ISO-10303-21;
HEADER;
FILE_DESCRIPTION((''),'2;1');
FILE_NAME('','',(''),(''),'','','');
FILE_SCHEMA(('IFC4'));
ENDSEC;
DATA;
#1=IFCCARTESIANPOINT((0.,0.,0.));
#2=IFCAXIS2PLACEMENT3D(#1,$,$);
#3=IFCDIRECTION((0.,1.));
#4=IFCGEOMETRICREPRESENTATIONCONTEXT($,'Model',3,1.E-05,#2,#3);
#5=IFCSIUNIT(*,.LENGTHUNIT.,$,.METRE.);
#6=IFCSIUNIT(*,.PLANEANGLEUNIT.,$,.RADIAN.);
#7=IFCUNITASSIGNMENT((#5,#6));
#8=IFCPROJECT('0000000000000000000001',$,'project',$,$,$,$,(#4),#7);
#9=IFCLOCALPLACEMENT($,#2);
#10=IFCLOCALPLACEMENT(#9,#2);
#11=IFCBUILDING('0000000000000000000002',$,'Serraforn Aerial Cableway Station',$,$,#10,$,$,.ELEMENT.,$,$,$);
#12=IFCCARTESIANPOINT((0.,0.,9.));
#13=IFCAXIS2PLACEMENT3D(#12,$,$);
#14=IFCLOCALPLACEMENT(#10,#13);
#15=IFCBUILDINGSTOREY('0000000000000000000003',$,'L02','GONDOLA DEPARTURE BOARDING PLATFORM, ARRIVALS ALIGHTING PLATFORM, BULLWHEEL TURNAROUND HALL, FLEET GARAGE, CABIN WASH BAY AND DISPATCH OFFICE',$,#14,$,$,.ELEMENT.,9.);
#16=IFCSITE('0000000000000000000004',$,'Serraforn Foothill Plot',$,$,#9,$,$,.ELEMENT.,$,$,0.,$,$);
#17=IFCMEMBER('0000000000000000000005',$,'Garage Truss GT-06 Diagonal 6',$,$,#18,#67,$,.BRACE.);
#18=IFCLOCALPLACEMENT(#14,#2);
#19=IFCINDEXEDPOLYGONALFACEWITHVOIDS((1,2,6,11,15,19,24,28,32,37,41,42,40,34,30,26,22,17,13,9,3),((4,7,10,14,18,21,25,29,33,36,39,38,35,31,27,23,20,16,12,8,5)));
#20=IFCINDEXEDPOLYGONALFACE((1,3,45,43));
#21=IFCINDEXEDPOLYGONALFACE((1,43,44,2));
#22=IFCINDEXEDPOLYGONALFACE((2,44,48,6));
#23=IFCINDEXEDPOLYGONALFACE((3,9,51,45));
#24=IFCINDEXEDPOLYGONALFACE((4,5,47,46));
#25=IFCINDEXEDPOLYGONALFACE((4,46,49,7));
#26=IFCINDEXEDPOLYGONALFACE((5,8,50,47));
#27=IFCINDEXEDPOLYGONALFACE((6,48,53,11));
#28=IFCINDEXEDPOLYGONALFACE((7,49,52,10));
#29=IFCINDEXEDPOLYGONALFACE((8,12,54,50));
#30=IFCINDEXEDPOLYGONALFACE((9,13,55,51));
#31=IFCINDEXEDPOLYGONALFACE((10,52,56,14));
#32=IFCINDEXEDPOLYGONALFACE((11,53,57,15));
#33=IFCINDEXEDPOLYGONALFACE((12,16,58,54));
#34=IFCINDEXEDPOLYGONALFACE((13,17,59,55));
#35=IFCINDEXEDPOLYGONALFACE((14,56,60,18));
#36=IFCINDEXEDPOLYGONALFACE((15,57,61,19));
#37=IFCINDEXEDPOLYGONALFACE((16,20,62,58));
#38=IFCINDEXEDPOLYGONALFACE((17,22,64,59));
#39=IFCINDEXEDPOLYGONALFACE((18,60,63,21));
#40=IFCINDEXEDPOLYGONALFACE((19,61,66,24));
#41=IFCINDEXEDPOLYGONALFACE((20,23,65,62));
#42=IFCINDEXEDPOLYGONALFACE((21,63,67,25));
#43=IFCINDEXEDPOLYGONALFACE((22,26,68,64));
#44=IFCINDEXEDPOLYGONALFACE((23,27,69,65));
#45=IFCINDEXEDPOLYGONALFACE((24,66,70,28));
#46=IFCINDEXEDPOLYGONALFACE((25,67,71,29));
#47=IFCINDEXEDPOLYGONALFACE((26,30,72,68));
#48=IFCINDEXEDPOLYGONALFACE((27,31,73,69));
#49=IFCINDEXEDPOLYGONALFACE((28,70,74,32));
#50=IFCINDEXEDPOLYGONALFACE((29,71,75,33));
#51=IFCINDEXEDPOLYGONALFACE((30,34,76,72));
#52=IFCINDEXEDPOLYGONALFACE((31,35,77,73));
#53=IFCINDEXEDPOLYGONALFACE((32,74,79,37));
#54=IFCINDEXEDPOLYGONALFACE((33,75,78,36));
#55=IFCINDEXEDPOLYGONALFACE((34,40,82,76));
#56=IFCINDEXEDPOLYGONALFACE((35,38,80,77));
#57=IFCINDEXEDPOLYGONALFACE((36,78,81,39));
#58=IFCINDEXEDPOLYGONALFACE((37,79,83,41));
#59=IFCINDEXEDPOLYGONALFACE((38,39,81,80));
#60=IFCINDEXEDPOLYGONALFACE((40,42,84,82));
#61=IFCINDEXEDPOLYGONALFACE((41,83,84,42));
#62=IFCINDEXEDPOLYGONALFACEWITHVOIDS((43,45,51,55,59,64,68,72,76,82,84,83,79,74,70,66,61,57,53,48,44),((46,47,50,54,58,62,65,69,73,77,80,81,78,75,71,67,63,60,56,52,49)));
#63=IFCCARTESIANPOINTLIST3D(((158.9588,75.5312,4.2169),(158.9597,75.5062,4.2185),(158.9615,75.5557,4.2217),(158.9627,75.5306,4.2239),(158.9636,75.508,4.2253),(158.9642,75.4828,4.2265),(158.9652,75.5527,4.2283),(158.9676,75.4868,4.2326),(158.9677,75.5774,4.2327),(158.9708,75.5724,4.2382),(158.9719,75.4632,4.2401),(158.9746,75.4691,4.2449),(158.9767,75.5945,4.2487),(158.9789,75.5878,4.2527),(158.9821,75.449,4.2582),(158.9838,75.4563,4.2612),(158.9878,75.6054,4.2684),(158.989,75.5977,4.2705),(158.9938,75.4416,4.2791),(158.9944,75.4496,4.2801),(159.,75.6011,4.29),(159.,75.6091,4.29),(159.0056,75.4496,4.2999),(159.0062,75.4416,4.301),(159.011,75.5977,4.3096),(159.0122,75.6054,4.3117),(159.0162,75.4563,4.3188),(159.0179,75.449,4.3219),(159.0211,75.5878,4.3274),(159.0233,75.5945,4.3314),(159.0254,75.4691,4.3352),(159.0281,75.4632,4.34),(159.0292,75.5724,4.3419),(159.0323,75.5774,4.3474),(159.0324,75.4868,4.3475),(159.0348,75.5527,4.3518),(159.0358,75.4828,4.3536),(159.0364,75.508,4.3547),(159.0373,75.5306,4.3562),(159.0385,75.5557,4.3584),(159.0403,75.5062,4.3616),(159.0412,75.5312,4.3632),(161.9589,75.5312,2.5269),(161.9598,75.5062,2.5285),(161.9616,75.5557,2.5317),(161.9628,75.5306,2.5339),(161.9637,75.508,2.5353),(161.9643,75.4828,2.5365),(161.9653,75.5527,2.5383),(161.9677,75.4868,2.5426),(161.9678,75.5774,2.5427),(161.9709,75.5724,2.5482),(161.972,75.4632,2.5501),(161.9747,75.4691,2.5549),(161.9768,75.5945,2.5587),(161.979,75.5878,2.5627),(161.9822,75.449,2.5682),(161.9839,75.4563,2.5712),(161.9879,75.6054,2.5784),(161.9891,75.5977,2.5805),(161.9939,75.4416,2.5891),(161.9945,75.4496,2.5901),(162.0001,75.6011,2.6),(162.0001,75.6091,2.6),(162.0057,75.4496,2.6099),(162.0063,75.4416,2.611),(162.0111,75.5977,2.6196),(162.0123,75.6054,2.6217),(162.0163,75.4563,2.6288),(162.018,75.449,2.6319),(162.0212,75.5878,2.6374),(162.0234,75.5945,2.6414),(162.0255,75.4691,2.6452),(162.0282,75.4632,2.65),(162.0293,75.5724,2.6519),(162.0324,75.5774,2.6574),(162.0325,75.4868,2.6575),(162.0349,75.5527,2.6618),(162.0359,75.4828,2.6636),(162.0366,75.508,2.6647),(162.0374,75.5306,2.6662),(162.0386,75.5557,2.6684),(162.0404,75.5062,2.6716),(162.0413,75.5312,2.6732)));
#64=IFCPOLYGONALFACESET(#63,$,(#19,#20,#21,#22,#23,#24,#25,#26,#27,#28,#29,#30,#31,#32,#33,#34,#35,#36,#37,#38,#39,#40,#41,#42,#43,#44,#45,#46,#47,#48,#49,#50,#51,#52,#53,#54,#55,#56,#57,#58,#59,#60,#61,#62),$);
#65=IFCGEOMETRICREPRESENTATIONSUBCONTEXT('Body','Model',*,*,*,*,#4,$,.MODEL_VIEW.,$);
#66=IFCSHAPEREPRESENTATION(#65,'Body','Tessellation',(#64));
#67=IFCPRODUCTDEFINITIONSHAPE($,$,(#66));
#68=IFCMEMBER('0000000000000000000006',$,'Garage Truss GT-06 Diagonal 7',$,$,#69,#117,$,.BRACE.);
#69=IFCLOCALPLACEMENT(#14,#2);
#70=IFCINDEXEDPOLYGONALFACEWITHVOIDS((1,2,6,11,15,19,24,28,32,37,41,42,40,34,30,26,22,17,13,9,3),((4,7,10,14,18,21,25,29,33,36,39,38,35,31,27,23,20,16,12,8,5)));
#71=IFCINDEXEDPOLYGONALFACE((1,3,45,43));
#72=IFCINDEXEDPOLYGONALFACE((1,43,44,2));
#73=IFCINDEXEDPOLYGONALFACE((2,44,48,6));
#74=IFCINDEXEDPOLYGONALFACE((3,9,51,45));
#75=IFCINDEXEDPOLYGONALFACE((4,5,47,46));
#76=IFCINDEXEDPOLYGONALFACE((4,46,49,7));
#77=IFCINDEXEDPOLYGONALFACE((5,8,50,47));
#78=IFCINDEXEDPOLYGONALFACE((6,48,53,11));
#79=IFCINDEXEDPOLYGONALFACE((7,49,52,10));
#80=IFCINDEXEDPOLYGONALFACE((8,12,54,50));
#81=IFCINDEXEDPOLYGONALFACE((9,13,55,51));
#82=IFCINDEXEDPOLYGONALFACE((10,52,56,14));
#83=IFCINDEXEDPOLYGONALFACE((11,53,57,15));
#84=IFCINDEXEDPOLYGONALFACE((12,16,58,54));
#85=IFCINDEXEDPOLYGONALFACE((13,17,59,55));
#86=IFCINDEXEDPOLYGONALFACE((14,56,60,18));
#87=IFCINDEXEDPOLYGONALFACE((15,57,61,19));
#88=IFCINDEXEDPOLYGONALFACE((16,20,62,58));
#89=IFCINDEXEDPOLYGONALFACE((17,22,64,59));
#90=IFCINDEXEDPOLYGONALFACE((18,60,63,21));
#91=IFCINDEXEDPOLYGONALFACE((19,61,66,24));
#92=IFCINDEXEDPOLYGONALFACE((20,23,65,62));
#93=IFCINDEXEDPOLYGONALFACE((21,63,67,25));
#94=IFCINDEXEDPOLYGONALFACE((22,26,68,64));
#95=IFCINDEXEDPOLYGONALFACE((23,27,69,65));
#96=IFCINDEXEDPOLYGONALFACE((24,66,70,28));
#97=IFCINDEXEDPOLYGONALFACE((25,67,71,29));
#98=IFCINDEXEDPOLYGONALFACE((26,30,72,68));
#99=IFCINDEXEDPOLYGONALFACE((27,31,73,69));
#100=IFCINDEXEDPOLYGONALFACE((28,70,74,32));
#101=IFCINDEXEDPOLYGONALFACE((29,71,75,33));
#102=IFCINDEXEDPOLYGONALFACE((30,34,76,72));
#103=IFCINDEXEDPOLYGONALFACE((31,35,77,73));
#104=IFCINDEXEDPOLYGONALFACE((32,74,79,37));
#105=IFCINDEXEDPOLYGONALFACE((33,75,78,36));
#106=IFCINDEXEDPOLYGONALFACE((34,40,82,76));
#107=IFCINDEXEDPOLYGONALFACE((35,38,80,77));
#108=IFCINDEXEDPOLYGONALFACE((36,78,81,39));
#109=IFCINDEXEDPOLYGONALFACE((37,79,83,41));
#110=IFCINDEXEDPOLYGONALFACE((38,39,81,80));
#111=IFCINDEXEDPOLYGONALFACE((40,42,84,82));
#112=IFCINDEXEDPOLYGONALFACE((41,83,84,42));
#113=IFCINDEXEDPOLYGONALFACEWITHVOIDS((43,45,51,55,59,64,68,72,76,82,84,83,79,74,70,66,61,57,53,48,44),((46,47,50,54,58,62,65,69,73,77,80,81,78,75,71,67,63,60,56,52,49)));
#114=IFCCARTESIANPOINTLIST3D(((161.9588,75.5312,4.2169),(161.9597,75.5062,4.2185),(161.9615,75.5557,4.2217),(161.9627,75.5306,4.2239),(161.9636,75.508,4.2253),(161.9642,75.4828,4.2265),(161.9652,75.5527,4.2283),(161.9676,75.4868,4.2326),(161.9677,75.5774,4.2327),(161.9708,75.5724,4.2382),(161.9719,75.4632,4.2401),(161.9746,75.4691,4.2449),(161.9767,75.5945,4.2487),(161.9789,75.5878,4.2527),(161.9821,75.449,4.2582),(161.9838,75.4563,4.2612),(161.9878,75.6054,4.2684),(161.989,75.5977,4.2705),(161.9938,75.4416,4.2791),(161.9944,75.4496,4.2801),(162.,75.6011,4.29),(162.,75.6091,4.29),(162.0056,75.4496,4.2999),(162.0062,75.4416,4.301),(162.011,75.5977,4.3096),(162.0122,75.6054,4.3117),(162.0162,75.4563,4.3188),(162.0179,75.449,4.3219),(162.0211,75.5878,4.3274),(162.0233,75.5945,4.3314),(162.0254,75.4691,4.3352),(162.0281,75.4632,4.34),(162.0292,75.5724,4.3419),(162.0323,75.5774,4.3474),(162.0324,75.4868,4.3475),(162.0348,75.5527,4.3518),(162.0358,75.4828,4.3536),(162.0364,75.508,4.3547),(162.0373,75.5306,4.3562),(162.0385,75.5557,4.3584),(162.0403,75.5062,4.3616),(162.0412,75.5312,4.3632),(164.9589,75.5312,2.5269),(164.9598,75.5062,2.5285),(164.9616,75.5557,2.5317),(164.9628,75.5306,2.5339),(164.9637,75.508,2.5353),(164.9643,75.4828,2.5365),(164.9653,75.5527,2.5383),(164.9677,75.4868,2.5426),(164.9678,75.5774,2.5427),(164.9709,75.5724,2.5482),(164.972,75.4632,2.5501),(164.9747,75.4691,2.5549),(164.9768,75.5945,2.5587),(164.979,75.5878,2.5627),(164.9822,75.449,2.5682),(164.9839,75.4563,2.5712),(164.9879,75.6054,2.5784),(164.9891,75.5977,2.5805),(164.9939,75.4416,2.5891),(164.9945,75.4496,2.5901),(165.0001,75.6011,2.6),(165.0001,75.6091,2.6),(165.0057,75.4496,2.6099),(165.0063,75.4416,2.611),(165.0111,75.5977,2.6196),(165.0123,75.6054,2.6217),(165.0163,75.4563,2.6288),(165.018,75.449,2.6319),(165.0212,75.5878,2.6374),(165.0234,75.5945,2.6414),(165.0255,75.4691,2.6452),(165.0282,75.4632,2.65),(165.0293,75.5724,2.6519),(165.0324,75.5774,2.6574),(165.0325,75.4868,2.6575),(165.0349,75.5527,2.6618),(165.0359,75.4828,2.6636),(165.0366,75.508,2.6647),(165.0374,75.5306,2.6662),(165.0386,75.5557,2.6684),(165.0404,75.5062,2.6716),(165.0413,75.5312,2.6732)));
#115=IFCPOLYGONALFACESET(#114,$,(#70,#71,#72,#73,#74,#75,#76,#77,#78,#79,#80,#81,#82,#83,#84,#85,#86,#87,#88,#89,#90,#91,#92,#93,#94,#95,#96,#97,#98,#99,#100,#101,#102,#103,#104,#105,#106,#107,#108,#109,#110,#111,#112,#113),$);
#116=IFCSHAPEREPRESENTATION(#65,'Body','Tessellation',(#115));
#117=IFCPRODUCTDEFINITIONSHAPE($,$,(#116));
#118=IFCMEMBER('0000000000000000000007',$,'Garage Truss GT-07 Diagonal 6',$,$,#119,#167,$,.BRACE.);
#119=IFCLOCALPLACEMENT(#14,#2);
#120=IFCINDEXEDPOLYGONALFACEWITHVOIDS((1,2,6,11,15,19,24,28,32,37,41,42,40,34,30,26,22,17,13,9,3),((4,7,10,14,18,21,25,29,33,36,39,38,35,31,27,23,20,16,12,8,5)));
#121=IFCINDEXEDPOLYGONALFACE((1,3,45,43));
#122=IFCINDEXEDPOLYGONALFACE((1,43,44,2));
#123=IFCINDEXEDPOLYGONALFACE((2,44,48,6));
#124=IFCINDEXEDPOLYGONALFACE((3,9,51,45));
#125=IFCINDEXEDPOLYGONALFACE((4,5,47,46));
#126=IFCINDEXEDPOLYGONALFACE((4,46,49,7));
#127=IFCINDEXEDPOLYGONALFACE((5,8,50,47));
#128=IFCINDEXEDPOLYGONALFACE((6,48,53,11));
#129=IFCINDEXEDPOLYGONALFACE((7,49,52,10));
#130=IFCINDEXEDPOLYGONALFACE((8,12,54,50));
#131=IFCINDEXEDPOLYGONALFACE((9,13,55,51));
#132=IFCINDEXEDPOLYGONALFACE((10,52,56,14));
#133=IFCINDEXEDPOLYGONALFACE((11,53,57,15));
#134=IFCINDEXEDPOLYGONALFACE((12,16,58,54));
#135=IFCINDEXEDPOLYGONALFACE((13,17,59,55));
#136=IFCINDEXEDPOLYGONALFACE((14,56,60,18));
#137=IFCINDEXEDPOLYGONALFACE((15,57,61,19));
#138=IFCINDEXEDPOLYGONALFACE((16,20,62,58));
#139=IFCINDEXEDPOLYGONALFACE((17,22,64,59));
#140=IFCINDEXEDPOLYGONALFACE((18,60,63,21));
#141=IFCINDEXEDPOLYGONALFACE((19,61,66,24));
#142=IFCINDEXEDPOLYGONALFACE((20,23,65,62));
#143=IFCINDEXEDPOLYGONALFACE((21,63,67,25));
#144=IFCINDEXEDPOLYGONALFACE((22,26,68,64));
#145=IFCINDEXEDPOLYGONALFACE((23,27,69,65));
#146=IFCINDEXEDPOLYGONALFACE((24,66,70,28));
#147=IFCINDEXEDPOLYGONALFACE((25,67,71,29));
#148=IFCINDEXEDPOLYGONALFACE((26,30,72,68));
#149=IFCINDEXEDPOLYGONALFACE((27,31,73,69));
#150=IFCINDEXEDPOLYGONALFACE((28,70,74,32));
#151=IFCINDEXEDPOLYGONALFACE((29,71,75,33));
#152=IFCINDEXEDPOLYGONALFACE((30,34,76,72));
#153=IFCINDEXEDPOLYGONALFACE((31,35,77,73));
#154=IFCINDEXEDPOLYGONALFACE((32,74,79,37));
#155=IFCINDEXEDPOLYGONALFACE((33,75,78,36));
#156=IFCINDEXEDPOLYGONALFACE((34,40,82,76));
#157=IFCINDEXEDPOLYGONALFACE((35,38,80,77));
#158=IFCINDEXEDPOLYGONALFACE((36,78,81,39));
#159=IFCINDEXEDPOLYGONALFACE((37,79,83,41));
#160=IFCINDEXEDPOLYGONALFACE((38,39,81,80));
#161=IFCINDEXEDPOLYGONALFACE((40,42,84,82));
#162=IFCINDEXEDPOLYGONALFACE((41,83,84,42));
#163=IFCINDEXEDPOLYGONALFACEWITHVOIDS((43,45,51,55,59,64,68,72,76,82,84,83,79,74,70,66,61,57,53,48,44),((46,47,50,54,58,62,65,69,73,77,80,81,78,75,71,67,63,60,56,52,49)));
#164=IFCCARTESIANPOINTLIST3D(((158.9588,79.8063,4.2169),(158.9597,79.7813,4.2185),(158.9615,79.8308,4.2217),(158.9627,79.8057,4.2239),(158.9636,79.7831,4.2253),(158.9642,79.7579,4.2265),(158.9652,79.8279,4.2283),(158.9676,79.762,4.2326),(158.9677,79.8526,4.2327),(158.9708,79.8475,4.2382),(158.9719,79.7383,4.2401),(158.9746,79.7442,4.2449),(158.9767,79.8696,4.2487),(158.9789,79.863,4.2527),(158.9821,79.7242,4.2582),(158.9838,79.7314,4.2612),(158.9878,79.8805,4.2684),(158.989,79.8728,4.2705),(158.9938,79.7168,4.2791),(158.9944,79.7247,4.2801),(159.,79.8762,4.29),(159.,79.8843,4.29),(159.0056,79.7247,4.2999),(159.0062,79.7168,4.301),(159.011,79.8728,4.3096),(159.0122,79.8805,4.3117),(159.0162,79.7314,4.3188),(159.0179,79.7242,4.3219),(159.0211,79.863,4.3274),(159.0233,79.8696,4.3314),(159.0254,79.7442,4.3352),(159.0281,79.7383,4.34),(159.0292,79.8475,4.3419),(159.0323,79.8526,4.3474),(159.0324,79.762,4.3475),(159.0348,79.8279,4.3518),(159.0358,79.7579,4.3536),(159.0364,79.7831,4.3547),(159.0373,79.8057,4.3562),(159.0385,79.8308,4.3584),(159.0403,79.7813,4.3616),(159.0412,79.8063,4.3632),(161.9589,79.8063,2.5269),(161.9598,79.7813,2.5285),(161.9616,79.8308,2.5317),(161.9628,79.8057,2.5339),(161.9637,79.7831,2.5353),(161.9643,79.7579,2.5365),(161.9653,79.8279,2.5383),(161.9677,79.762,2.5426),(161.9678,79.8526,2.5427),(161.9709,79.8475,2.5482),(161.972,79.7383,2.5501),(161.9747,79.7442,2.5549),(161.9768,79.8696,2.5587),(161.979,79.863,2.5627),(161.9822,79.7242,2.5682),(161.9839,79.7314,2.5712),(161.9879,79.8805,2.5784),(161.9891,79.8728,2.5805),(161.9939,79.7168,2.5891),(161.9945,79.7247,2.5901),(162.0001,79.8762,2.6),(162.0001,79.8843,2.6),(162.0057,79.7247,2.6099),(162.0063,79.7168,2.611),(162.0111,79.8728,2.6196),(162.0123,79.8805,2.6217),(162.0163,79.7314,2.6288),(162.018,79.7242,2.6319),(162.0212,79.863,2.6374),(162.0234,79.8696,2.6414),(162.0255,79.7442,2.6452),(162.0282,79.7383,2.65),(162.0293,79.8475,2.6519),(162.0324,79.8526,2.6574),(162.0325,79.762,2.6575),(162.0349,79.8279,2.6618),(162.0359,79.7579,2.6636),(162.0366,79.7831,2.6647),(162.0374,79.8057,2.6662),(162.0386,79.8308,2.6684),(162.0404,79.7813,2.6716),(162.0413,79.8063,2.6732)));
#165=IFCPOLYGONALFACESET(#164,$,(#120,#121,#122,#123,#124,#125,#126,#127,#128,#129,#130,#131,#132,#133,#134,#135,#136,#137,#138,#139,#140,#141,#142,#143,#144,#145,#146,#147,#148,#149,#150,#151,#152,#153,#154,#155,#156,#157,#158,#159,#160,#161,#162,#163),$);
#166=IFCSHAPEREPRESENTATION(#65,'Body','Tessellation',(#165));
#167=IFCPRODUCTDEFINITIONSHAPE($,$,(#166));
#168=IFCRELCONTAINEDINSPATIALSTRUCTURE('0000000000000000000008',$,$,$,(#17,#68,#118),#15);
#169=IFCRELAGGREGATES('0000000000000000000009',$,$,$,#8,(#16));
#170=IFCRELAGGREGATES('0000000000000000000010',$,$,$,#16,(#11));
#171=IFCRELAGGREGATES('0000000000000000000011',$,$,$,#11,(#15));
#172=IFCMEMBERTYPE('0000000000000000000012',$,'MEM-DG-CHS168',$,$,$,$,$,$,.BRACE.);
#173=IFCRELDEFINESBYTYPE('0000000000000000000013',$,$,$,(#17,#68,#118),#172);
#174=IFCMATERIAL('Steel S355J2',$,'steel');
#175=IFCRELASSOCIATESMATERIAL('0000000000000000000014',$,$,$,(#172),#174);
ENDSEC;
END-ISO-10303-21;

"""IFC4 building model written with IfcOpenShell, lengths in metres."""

from ifc_helpers import new_model, si_unit, direction, frame, origin, origin_2d, place, context, subcontext, project, spatial, hollow_circle, extrude, material, material_profile, profile_set, type_object, element, save


model = new_model("IFC4")

# Units and contexts
model_context = context("Model", 3, precision=1e-05, world=origin(), true_north=direction((0.0, 1.0)))
body_context = subcontext(model_context, "Body", "Model", "MODEL_VIEW")
ifc_project = project(units=[si_unit("LENGTHUNIT", "METRE"), si_unit("PLANEANGLEUNIT", "RADIAN")], contexts=[model_context])

# Site, building, storey
site_placement = place(None, origin())
site = spatial("IfcSite", under=ifc_project, at=site_placement, Name="Serraforn Foothill Plot", CompositionType="ELEMENT", RefElevation=0.0)
building_placement = place(site_placement, origin())
building = spatial("IfcBuilding", under=site, at=building_placement, Name="Serraforn Aerial Cableway Station", CompositionType="ELEMENT")
storey_placement = place(building_placement, frame((0.0, 0.0, 9.0)))
storey = spatial("IfcBuildingStorey", under=building, at=storey_placement, Name="L02", Description="GONDOLA DEPARTURE BOARDING PLATFORM, ARRIVALS ALIGHTING PLATFORM, BULLWHEEL TURNAROUND HALL, FLEET GARAGE, CABIN WASH BAY AND DISPATCH OFFICE", CompositionType="ELEMENT", Elevation=9.0)

# Members
ifc_material_1 = material(Name="Steel S355J2", Category="steel")
ifc_material_profile_1 = material_profile(ifc_material_1, hollow_circle(Radius=0.0842, WallThickness=0.0081, at=origin_2d()), Name="CHS 168.3x8.0")
ifc_profile_set_1 = profile_set([ifc_material_profile_1], Name="Steel S355J2")
member_type_1 = type_object("IfcMemberType", Name="MEM-DG-CHS168", PredefinedType="BRACE", material=ifc_profile_set_1)
for number, where, z_axis, x_axis, name in (
    (1, (159.0, 75.5249, 4.29), (0.871272, 0.0, -0.4908), (0.0, 1.0, 0.0), "Garage Truss GT-06 Diagonal 6"),
    (2, (162.0, 75.5249, 4.29), (0.871272, 0.0, -0.4908), (0.0, 1.0, 0.0), "Garage Truss GT-06 Diagonal 7"),
    (3, (159.0, 79.8, 4.29), (0.871272, 0.0, -0.4908), (0.0, 1.0, 0.0), "Garage Truss GT-07 Diagonal 6"),
):
    element("IfcMember", number, at=place(storey_placement, frame(where, z_axis=z_axis, x_axis=x_axis)), inside=storey, type_object=member_type_1, Name=name, PredefinedType="BRACE", context=body_context, shape_type="SweptSolid", body=[
        extrude(hollow_circle(Radius=0.0842, WallThickness=0.0081, at=origin_2d()), origin(), (0.0, 0.0, 1.0), 3.4434),
    ])

save(model, "model.ifc")
